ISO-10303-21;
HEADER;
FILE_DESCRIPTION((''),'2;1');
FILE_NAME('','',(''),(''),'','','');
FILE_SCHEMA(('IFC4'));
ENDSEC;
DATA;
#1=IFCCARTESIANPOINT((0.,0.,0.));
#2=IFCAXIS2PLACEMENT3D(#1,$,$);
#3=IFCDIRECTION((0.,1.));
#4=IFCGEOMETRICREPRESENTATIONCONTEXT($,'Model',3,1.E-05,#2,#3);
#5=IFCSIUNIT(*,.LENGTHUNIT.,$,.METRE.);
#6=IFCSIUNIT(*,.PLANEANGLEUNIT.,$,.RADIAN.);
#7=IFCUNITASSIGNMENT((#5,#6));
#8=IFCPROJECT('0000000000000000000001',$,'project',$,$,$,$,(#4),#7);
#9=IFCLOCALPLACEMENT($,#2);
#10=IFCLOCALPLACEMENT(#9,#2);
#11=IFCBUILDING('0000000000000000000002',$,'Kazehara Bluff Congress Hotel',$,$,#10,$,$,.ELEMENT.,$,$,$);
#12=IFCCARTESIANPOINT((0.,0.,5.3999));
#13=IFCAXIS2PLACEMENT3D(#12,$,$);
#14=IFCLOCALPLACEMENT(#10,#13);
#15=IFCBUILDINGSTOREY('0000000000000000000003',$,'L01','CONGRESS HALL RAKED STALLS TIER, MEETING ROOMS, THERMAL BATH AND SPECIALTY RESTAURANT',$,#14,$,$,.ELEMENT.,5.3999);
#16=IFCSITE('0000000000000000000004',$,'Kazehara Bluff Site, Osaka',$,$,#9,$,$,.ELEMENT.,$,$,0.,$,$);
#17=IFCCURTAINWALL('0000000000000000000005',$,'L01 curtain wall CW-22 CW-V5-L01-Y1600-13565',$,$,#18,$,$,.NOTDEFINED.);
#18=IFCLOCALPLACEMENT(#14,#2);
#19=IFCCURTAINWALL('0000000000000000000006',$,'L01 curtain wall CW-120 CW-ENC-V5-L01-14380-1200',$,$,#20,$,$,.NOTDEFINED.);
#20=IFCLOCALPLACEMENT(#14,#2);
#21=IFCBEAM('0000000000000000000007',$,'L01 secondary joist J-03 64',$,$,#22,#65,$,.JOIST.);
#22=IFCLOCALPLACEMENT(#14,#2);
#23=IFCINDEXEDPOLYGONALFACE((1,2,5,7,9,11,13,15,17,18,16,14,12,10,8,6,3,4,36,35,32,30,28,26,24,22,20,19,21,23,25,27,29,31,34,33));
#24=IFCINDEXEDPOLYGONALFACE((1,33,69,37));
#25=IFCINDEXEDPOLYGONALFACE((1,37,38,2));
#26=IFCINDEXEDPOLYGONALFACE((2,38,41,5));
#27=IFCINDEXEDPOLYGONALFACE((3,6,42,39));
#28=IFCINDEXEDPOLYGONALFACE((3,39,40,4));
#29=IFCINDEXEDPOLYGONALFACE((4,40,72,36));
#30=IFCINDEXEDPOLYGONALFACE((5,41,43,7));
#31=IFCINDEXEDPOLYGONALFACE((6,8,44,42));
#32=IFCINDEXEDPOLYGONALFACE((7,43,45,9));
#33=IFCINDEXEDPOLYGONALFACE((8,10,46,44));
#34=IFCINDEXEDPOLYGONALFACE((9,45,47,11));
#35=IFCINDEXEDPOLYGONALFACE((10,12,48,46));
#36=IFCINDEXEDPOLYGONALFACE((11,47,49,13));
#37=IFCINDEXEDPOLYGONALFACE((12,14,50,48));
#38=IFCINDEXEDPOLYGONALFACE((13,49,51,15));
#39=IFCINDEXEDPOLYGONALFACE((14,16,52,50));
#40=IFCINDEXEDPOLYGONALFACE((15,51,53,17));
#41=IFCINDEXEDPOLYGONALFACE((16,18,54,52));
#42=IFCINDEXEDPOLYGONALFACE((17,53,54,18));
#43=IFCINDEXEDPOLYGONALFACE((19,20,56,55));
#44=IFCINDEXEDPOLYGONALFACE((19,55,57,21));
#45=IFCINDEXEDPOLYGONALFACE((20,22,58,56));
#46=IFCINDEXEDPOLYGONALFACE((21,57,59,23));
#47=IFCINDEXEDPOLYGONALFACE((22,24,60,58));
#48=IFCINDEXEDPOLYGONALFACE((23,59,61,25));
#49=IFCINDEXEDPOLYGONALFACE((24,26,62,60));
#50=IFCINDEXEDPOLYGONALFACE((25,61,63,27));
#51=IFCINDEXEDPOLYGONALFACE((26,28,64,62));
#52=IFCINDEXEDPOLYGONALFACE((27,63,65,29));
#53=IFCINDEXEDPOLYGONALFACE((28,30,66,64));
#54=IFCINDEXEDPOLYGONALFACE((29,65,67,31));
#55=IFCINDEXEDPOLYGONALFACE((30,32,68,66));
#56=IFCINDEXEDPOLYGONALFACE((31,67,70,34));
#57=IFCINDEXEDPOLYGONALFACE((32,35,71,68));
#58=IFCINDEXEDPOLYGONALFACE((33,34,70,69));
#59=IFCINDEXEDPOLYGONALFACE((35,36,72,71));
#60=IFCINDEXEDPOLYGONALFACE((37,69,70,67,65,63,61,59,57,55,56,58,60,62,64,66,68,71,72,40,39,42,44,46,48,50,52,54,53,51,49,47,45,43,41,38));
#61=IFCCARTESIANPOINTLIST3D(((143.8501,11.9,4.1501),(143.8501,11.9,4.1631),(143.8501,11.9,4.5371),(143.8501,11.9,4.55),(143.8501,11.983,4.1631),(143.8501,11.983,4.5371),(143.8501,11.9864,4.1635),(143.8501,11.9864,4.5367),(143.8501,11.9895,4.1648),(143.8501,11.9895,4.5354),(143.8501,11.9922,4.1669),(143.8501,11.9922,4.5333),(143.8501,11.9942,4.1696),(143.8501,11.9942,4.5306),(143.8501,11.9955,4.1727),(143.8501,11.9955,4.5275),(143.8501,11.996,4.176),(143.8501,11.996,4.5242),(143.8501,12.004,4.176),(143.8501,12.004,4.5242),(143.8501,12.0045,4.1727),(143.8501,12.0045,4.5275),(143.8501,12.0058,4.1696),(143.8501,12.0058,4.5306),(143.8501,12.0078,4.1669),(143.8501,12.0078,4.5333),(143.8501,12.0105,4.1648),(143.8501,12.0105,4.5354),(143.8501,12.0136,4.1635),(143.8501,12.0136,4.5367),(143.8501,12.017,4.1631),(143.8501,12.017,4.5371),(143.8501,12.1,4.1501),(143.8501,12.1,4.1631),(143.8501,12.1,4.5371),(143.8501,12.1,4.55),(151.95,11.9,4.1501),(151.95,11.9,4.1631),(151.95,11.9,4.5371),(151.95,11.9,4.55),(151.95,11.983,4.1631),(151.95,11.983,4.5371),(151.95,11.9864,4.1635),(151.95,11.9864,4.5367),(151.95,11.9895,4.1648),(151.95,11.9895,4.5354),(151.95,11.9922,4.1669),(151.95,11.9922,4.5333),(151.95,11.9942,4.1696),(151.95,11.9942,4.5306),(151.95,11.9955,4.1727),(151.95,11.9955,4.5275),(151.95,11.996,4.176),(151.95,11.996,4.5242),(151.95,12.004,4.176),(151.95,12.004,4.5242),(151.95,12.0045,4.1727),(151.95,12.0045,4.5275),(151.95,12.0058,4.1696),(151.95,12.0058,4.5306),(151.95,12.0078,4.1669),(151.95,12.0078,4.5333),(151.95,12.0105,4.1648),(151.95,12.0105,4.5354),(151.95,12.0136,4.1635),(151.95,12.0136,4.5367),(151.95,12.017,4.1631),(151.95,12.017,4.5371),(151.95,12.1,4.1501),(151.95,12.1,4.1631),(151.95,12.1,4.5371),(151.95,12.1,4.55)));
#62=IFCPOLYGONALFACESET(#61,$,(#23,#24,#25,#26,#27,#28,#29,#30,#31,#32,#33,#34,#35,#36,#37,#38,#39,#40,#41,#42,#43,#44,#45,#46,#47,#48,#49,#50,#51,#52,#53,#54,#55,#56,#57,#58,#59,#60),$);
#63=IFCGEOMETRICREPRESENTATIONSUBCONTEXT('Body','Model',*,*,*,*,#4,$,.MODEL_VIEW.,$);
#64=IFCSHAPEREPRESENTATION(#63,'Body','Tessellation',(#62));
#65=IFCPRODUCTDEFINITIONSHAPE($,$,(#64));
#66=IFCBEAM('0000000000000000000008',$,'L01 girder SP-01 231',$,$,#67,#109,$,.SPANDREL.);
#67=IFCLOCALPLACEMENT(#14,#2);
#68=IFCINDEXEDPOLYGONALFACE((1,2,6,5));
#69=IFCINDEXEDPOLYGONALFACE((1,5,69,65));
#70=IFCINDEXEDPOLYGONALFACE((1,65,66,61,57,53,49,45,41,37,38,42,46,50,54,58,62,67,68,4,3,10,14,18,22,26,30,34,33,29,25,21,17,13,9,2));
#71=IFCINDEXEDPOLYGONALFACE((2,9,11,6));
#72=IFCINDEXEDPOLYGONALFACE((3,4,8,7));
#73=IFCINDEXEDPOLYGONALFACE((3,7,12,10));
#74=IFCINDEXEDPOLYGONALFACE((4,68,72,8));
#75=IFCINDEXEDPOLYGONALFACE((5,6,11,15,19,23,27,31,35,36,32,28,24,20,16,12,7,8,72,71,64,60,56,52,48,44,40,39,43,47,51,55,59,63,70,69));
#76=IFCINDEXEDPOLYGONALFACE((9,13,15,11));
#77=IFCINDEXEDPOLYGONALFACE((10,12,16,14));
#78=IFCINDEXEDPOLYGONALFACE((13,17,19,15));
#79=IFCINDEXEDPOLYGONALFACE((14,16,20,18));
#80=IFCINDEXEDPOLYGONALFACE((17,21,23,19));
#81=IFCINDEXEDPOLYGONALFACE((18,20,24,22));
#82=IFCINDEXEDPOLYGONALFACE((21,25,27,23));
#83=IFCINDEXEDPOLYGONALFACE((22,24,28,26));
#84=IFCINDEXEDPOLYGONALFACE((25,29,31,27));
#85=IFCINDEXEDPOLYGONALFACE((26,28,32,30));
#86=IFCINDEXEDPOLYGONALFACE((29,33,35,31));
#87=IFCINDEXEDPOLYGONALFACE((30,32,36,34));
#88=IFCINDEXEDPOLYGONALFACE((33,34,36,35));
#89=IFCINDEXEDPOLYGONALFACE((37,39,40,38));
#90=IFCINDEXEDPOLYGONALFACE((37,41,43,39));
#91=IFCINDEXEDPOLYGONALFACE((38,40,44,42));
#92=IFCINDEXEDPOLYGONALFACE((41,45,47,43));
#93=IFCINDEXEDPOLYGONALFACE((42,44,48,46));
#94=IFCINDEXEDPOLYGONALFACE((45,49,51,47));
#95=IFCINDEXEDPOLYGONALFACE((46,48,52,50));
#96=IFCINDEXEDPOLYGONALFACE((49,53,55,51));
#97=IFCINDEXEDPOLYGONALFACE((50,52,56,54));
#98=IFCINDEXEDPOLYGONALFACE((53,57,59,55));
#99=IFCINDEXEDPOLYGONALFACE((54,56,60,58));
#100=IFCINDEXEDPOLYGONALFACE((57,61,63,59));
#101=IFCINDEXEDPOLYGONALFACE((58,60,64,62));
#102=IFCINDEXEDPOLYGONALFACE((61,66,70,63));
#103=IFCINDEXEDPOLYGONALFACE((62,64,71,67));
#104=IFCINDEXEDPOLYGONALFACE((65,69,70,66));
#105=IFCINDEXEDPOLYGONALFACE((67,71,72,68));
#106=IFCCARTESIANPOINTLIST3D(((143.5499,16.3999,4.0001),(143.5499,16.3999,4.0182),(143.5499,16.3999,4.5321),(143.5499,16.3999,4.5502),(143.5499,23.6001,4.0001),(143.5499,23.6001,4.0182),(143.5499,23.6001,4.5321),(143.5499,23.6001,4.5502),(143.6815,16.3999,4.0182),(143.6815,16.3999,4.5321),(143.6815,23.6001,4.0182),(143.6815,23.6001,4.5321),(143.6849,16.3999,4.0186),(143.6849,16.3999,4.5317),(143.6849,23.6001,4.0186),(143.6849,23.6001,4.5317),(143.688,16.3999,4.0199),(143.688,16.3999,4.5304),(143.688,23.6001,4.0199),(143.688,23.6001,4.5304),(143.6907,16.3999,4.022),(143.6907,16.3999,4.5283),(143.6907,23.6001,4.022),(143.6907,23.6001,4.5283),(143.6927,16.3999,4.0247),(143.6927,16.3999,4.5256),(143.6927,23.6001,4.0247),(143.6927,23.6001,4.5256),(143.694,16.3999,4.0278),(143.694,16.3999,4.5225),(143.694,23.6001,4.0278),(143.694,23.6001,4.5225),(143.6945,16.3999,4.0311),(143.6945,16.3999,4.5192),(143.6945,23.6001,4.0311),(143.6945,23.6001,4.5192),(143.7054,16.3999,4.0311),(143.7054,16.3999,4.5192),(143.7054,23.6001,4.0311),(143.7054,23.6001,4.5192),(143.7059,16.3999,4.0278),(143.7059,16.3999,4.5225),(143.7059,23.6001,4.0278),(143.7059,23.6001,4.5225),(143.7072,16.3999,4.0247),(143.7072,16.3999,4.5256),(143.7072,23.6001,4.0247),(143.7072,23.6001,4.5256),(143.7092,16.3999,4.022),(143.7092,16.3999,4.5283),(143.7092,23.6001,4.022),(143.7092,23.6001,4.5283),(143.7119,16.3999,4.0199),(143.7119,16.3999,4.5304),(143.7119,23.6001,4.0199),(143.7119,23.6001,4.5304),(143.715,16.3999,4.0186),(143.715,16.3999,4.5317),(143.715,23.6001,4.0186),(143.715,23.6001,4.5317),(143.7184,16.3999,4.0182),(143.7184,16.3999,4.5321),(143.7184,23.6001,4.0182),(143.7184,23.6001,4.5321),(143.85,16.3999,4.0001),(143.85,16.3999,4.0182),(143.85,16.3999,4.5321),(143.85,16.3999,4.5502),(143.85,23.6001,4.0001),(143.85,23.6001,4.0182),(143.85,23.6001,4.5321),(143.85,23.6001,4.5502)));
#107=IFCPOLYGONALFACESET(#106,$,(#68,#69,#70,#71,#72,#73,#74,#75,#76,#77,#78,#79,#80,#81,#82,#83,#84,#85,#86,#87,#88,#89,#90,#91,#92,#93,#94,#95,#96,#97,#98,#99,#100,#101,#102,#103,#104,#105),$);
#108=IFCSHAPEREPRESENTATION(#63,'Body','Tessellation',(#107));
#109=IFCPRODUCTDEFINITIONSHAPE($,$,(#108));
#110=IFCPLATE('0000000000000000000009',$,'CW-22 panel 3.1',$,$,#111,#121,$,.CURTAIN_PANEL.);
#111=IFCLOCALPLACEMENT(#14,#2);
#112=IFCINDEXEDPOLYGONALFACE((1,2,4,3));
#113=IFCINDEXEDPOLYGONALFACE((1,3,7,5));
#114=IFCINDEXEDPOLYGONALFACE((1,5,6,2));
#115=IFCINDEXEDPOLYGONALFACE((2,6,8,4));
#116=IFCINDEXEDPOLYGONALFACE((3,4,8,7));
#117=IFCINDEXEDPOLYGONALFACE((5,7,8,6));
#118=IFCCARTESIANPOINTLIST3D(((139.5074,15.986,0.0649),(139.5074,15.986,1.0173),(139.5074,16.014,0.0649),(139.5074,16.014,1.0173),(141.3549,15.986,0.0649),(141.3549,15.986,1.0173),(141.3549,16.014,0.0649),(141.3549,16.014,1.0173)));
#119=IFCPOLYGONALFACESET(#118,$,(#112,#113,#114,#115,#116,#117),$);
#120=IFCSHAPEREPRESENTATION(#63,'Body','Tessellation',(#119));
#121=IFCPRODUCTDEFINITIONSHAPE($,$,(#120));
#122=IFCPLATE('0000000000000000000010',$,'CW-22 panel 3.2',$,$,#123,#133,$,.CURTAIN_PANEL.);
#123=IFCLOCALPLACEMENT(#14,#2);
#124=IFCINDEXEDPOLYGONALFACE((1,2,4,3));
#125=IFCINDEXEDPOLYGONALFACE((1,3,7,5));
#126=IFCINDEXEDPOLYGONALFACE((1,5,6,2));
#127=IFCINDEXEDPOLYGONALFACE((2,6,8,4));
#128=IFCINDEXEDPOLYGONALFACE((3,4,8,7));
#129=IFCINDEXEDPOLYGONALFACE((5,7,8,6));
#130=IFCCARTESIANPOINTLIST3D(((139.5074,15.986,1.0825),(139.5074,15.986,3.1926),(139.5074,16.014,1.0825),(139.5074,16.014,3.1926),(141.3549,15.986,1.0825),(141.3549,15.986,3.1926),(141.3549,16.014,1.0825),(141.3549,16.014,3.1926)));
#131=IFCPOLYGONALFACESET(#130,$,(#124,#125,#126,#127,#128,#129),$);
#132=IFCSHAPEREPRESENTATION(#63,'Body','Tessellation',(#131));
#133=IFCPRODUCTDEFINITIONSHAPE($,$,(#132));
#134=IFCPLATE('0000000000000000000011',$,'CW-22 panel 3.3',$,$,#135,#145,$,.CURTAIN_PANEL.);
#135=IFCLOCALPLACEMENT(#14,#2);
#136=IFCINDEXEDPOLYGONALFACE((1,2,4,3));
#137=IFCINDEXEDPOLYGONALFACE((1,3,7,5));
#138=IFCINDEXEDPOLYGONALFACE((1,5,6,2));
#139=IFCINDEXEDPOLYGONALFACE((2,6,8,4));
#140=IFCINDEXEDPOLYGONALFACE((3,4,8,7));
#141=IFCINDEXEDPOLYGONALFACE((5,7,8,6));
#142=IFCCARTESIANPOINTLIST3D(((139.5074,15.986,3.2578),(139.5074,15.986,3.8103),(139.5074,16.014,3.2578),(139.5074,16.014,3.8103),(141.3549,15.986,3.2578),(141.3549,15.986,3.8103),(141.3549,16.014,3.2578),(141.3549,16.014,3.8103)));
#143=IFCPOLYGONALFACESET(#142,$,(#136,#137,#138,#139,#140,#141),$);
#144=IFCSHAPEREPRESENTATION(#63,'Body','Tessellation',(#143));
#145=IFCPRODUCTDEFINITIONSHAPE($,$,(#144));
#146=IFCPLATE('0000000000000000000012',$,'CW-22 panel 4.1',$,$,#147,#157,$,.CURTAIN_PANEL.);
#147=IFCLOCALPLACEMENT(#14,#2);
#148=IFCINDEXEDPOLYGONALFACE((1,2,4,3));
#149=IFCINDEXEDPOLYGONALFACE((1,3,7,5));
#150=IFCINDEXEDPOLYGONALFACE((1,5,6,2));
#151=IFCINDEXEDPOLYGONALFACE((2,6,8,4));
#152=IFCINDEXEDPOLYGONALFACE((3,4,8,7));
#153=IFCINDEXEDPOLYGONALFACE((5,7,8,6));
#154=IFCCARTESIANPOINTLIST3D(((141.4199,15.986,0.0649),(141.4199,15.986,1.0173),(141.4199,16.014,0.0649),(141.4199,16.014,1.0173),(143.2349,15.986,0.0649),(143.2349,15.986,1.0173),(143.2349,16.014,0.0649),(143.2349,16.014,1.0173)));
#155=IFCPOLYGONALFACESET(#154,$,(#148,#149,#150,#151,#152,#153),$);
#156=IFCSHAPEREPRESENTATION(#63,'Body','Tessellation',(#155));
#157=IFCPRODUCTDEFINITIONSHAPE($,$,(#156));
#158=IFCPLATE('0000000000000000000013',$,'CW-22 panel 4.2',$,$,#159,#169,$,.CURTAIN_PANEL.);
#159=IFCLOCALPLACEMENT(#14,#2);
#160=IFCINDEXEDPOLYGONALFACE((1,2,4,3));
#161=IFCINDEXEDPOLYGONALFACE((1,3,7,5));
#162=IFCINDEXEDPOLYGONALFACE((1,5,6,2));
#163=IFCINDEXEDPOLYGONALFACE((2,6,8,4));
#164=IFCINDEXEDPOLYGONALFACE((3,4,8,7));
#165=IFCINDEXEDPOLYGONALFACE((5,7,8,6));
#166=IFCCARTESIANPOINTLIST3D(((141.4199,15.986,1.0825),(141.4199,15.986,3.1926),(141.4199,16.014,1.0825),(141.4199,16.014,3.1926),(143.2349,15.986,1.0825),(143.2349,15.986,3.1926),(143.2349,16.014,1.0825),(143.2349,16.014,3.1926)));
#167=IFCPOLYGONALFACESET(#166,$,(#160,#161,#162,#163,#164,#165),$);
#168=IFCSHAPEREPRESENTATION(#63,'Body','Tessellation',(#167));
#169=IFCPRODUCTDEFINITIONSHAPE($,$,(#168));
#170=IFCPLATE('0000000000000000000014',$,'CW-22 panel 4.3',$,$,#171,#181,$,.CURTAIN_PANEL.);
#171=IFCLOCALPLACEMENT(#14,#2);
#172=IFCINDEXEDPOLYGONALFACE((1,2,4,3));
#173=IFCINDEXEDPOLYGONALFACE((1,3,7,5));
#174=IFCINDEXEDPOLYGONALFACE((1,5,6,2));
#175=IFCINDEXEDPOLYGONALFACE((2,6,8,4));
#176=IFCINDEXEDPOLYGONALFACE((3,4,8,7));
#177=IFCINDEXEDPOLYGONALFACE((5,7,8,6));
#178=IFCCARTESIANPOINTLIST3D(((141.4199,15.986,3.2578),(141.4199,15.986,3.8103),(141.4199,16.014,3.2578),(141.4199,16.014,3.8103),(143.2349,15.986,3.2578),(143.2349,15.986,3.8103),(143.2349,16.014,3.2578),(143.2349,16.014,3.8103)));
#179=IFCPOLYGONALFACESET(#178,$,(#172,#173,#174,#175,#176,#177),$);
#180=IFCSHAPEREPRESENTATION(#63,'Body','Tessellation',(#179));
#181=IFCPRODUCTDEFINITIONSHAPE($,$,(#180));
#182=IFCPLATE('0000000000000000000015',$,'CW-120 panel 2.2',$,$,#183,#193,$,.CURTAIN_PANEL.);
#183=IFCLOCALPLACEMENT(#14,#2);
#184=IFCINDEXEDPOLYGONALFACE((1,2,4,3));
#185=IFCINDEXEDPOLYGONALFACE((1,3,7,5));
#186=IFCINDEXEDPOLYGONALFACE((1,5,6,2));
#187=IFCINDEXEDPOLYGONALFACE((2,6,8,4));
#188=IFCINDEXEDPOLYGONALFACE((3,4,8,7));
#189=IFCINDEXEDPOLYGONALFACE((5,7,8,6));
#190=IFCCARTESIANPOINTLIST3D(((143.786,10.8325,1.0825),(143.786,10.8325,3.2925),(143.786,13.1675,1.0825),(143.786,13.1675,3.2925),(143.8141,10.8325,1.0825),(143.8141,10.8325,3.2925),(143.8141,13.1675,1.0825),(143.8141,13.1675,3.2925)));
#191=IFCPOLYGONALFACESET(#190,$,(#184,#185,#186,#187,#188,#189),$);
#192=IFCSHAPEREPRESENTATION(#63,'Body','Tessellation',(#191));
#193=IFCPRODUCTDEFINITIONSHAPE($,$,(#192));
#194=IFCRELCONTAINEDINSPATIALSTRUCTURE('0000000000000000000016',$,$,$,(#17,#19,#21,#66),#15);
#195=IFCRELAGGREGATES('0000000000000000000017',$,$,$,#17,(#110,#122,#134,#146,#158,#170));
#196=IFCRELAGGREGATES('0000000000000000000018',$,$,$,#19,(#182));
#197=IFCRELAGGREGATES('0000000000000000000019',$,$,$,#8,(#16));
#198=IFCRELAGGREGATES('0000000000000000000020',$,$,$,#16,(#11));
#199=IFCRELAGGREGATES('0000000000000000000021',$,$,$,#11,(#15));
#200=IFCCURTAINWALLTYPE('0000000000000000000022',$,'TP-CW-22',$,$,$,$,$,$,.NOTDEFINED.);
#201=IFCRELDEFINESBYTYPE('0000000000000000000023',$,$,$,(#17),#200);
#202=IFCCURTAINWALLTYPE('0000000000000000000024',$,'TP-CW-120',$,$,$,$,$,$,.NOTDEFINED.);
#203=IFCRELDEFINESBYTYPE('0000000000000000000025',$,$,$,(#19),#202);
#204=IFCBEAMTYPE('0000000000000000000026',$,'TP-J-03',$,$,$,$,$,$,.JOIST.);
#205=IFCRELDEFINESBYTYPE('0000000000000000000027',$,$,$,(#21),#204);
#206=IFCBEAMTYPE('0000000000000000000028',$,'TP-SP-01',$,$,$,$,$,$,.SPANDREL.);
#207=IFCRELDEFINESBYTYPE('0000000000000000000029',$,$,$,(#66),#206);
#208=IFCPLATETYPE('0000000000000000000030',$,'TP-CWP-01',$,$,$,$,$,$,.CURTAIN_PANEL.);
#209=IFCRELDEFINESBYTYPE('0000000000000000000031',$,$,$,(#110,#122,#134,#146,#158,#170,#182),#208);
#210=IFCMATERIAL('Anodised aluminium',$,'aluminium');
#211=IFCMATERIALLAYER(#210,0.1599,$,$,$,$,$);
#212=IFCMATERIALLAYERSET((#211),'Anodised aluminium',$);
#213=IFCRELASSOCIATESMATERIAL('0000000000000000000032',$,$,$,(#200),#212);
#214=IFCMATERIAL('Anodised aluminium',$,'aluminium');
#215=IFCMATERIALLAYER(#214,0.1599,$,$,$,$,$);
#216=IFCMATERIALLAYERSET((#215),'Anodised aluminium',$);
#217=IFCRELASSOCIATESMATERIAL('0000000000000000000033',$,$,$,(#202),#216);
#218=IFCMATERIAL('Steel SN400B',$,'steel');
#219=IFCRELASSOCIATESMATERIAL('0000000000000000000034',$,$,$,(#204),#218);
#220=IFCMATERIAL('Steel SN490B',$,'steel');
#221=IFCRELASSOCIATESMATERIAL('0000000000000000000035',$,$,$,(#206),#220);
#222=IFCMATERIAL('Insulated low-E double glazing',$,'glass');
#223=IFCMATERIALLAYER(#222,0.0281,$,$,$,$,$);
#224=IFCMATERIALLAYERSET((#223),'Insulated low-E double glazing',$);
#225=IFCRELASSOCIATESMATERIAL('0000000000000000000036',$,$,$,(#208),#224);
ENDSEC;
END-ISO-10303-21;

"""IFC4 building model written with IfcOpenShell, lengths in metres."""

from ifc_helpers import new_model, si_unit, direction, frame, origin, origin_2d, place, context, subcontext, project, spatial, rectangle, i_section, extrude, material, layer, layer_set, material_profile, profile_set, type_object, element, aggregate, save


model = new_model("IFC4")

# Units and contexts
model_context = context("Model", 3, precision=1e-05, world=origin(), true_north=direction((0.0, 1.0)))
body_context = subcontext(model_context, "Body", "Model", "MODEL_VIEW")
ifc_project = project(units=[si_unit("LENGTHUNIT", "METRE"), si_unit("PLANEANGLEUNIT", "RADIAN")], contexts=[model_context])

# Site, building, storey
site_placement = place(None, origin())
site = spatial("IfcSite", under=ifc_project, at=site_placement, Name="Kazehara Bluff Site, Osaka", CompositionType="ELEMENT", RefElevation=0.0)
building_placement = place(site_placement, origin())
building = spatial("IfcBuilding", under=site, at=building_placement, Name="Kazehara Bluff Congress Hotel", CompositionType="ELEMENT")
storey_placement = place(building_placement, frame((0.0, 0.0, 5.3999)))
storey = spatial("IfcBuildingStorey", under=building, at=storey_placement, Name="L01", Description="CONGRESS HALL RAKED STALLS TIER, MEETING ROOMS, THERMAL BATH AND SPECIALTY RESTAURANT", CompositionType="ELEMENT", Elevation=5.3999)

# Curtain walls
ifc_material_1 = material(Name="Anodised aluminium", Category="aluminium")
ifc_layer_1 = layer(ifc_material_1, 0.1599)
ifc_layer_set_1 = layer_set([ifc_layer_1], Name="Anodised aluminium")
curtain_wall_type_1 = type_object("IfcCurtainWallType", Name="TP-CW-22", PredefinedType="NOTDEFINED", material=ifc_layer_set_1)
curtain_wall_1_placement = place(storey_placement, origin())
curtain_wall_1 = element("IfcCurtainWall", 1, at=curtain_wall_1_placement, inside=storey, type_object=curtain_wall_type_1, Name="L01 curtain wall CW-22 CW-V5-L01-Y1600-13565", PredefinedType="NOTDEFINED")
ifc_material_2 = material(Name="Anodised aluminium", Category="aluminium")
ifc_layer_2 = layer(ifc_material_2, 0.1599)
ifc_layer_set_2 = layer_set([ifc_layer_2], Name="Anodised aluminium")
curtain_wall_type_2 = type_object("IfcCurtainWallType", Name="TP-CW-120", PredefinedType="NOTDEFINED", material=ifc_layer_set_2)
curtain_wall_2_placement = place(storey_placement, origin())
curtain_wall_2 = element("IfcCurtainWall", 2, at=curtain_wall_2_placement, inside=storey, type_object=curtain_wall_type_2, Name="L01 curtain wall CW-120 CW-ENC-V5-L01-14380-1200", PredefinedType="NOTDEFINED")

# Beams
ifc_material_3 = material(Name="Steel SN400B", Category="steel")
ifc_material_profile_1 = material_profile(ifc_material_3, i_section(OverallWidth=0.2, OverallDepth=0.3999, WebThickness=0.0081, FlangeThickness=0.0129, FilletRadius=0.0129, at=origin_2d()))
ifc_profile_set_1 = profile_set([ifc_material_profile_1], Name="Steel SN400B")
beam_type_1 = type_object("IfcBeamType", Name="TP-J-03", PredefinedType="JOIST", material=ifc_profile_set_1)
beam_1_placement = place(storey_placement, frame((143.8501, 12.0, 4.3501), z_axis=(1.0, 0.0, 0.0), x_axis=(0.0, 1.0, 0.0)))
element("IfcBeam", 3, at=beam_1_placement, inside=storey, type_object=beam_type_1, Name="L01 secondary joist J-03 64", PredefinedType="JOIST", context=body_context, shape_type="SweptSolid", body=[
    extrude(i_section(OverallWidth=0.2, OverallDepth=0.3999, WebThickness=0.0081, FlangeThickness=0.0129, FilletRadius=0.0129, at=origin_2d()), origin(), (0.0, 0.0, 1.0), 8.0999),
])
ifc_material_4 = material(Name="Steel SN490B", Category="steel")
ifc_material_profile_2 = material_profile(ifc_material_4, i_section(OverallWidth=0.3, OverallDepth=0.55, WebThickness=0.011, FlangeThickness=0.0181, FilletRadius=0.0129, at=origin_2d()))
ifc_profile_set_2 = profile_set([ifc_material_profile_2], Name="Steel SN490B")
beam_type_2 = type_object("IfcBeamType", Name="TP-SP-01", PredefinedType="SPANDREL", material=ifc_profile_set_2)
beam_2_placement = place(storey_placement, frame((143.7, 16.3999, 4.2751), z_axis=(0.0, 1.0, 0.0), x_axis=(-1.0, 0.0, 0.0)))
element("IfcBeam", 4, at=beam_2_placement, inside=storey, type_object=beam_type_2, Name="L01 girder SP-01 231", PredefinedType="SPANDREL", context=body_context, shape_type="SweptSolid", body=[
    extrude(i_section(OverallWidth=0.3, OverallDepth=0.55, WebThickness=0.011, FlangeThickness=0.0181, FilletRadius=0.0129, at=origin_2d()), origin(), (0.0, 0.0, 1.0), 7.2002),
])

# Plates
ifc_material_5 = material(Name="Insulated low-E double glazing", Category="glass")
ifc_layer_3 = layer(ifc_material_5, 0.0281)
ifc_layer_set_3 = layer_set([ifc_layer_3], Name="Insulated low-E double glazing")
plate_type = type_object("IfcPlateType", Name="TP-CWP-01", PredefinedType="CURTAIN_PANEL", material=ifc_layer_set_3)
plate_1_placement = place(storey_placement, frame((140.4312, 16.0, 0.0649), z_axis=(0.0, 0.0, 1.0), x_axis=(1.0, 0.0, 0.0)))
plate_1 = element("IfcPlate", 5, at=plate_1_placement, type_object=plate_type, Name="CW-22 panel 3.1", PredefinedType="CURTAIN_PANEL", context=body_context, shape_type="SweptSolid", body=[
    extrude(rectangle(XDim=1.8474, YDim=0.0281, at=origin_2d()), origin(), (0.0, 0.0, 1.0), 0.9524),
])
plate_2_placement = place(storey_placement, frame((140.4312, 16.0, 1.0825), z_axis=(0.0, 0.0, 1.0), x_axis=(1.0, 0.0, 0.0)))
plate_2 = element("IfcPlate", 6, at=plate_2_placement, type_object=plate_type, Name="CW-22 panel 3.2", PredefinedType="CURTAIN_PANEL", context=body_context, shape_type="SweptSolid", body=[
    extrude(rectangle(XDim=1.8474, YDim=0.0281, at=origin_2d()), origin(), (0.0, 0.0, 1.0), 2.1101),
])
plate_3_placement = place(storey_placement, frame((140.4312, 16.0, 3.2578), z_axis=(0.0, 0.0, 1.0), x_axis=(1.0, 0.0, 0.0)))
plate_3 = element("IfcPlate", 7, at=plate_3_placement, type_object=plate_type, Name="CW-22 panel 3.3", PredefinedType="CURTAIN_PANEL", context=body_context, shape_type="SweptSolid", body=[
    extrude(rectangle(XDim=1.8474, YDim=0.0281, at=origin_2d()), origin(), (0.0, 0.0, 1.0), 0.5525),
])
plate_4_placement = place(storey_placement, frame((142.3274, 16.0, 0.0649), z_axis=(0.0, 0.0, 1.0), x_axis=(1.0, 0.0, 0.0)))
plate_4 = element("IfcPlate", 8, at=plate_4_placement, type_object=plate_type, Name="CW-22 panel 4.1", PredefinedType="CURTAIN_PANEL", context=body_context, shape_type="SweptSolid", body=[
    extrude(rectangle(XDim=1.8149, YDim=0.0281, at=origin_2d()), origin(), (0.0, 0.0, 1.0), 0.9524),
])
plate_5_placement = place(storey_placement, frame((142.3274, 16.0, 1.0825), z_axis=(0.0, 0.0, 1.0), x_axis=(1.0, 0.0, 0.0)))
plate_5 = element("IfcPlate", 9, at=plate_5_placement, type_object=plate_type, Name="CW-22 panel 4.2", PredefinedType="CURTAIN_PANEL", context=body_context, shape_type="SweptSolid", body=[
    extrude(rectangle(XDim=1.8149, YDim=0.0281, at=origin_2d()), origin(), (0.0, 0.0, 1.0), 2.1101),
])
plate_6_placement = place(storey_placement, frame((142.3274, 16.0, 3.2578), z_axis=(0.0, 0.0, 1.0), x_axis=(1.0, 0.0, 0.0)))
plate_6 = element("IfcPlate", 10, at=plate_6_placement, type_object=plate_type, Name="CW-22 panel 4.3", PredefinedType="CURTAIN_PANEL", context=body_context, shape_type="SweptSolid", body=[
    extrude(rectangle(XDim=1.8149, YDim=0.0281, at=origin_2d()), origin(), (0.0, 0.0, 1.0), 0.5525),
])
aggregate(curtain_wall_1, [plate_1, plate_2, plate_3, plate_4, plate_5, plate_6])
plate_7_placement = place(storey_placement, frame((143.8, 12.0, 1.0825), z_axis=(0.0, 0.0, 1.0), x_axis=(0.0, 1.0, 0.0)))
plate_7 = element("IfcPlate", 11, at=plate_7_placement, type_object=plate_type, Name="CW-120 panel 2.2", PredefinedType="CURTAIN_PANEL", context=body_context, shape_type="SweptSolid", body=[
    extrude(rectangle(XDim=2.335, YDim=0.0281, at=origin_2d()), origin(), (0.0, 0.0, 1.0), 2.21),
])
aggregate(curtain_wall_2, [plate_7])

save(model, "model.ifc")
